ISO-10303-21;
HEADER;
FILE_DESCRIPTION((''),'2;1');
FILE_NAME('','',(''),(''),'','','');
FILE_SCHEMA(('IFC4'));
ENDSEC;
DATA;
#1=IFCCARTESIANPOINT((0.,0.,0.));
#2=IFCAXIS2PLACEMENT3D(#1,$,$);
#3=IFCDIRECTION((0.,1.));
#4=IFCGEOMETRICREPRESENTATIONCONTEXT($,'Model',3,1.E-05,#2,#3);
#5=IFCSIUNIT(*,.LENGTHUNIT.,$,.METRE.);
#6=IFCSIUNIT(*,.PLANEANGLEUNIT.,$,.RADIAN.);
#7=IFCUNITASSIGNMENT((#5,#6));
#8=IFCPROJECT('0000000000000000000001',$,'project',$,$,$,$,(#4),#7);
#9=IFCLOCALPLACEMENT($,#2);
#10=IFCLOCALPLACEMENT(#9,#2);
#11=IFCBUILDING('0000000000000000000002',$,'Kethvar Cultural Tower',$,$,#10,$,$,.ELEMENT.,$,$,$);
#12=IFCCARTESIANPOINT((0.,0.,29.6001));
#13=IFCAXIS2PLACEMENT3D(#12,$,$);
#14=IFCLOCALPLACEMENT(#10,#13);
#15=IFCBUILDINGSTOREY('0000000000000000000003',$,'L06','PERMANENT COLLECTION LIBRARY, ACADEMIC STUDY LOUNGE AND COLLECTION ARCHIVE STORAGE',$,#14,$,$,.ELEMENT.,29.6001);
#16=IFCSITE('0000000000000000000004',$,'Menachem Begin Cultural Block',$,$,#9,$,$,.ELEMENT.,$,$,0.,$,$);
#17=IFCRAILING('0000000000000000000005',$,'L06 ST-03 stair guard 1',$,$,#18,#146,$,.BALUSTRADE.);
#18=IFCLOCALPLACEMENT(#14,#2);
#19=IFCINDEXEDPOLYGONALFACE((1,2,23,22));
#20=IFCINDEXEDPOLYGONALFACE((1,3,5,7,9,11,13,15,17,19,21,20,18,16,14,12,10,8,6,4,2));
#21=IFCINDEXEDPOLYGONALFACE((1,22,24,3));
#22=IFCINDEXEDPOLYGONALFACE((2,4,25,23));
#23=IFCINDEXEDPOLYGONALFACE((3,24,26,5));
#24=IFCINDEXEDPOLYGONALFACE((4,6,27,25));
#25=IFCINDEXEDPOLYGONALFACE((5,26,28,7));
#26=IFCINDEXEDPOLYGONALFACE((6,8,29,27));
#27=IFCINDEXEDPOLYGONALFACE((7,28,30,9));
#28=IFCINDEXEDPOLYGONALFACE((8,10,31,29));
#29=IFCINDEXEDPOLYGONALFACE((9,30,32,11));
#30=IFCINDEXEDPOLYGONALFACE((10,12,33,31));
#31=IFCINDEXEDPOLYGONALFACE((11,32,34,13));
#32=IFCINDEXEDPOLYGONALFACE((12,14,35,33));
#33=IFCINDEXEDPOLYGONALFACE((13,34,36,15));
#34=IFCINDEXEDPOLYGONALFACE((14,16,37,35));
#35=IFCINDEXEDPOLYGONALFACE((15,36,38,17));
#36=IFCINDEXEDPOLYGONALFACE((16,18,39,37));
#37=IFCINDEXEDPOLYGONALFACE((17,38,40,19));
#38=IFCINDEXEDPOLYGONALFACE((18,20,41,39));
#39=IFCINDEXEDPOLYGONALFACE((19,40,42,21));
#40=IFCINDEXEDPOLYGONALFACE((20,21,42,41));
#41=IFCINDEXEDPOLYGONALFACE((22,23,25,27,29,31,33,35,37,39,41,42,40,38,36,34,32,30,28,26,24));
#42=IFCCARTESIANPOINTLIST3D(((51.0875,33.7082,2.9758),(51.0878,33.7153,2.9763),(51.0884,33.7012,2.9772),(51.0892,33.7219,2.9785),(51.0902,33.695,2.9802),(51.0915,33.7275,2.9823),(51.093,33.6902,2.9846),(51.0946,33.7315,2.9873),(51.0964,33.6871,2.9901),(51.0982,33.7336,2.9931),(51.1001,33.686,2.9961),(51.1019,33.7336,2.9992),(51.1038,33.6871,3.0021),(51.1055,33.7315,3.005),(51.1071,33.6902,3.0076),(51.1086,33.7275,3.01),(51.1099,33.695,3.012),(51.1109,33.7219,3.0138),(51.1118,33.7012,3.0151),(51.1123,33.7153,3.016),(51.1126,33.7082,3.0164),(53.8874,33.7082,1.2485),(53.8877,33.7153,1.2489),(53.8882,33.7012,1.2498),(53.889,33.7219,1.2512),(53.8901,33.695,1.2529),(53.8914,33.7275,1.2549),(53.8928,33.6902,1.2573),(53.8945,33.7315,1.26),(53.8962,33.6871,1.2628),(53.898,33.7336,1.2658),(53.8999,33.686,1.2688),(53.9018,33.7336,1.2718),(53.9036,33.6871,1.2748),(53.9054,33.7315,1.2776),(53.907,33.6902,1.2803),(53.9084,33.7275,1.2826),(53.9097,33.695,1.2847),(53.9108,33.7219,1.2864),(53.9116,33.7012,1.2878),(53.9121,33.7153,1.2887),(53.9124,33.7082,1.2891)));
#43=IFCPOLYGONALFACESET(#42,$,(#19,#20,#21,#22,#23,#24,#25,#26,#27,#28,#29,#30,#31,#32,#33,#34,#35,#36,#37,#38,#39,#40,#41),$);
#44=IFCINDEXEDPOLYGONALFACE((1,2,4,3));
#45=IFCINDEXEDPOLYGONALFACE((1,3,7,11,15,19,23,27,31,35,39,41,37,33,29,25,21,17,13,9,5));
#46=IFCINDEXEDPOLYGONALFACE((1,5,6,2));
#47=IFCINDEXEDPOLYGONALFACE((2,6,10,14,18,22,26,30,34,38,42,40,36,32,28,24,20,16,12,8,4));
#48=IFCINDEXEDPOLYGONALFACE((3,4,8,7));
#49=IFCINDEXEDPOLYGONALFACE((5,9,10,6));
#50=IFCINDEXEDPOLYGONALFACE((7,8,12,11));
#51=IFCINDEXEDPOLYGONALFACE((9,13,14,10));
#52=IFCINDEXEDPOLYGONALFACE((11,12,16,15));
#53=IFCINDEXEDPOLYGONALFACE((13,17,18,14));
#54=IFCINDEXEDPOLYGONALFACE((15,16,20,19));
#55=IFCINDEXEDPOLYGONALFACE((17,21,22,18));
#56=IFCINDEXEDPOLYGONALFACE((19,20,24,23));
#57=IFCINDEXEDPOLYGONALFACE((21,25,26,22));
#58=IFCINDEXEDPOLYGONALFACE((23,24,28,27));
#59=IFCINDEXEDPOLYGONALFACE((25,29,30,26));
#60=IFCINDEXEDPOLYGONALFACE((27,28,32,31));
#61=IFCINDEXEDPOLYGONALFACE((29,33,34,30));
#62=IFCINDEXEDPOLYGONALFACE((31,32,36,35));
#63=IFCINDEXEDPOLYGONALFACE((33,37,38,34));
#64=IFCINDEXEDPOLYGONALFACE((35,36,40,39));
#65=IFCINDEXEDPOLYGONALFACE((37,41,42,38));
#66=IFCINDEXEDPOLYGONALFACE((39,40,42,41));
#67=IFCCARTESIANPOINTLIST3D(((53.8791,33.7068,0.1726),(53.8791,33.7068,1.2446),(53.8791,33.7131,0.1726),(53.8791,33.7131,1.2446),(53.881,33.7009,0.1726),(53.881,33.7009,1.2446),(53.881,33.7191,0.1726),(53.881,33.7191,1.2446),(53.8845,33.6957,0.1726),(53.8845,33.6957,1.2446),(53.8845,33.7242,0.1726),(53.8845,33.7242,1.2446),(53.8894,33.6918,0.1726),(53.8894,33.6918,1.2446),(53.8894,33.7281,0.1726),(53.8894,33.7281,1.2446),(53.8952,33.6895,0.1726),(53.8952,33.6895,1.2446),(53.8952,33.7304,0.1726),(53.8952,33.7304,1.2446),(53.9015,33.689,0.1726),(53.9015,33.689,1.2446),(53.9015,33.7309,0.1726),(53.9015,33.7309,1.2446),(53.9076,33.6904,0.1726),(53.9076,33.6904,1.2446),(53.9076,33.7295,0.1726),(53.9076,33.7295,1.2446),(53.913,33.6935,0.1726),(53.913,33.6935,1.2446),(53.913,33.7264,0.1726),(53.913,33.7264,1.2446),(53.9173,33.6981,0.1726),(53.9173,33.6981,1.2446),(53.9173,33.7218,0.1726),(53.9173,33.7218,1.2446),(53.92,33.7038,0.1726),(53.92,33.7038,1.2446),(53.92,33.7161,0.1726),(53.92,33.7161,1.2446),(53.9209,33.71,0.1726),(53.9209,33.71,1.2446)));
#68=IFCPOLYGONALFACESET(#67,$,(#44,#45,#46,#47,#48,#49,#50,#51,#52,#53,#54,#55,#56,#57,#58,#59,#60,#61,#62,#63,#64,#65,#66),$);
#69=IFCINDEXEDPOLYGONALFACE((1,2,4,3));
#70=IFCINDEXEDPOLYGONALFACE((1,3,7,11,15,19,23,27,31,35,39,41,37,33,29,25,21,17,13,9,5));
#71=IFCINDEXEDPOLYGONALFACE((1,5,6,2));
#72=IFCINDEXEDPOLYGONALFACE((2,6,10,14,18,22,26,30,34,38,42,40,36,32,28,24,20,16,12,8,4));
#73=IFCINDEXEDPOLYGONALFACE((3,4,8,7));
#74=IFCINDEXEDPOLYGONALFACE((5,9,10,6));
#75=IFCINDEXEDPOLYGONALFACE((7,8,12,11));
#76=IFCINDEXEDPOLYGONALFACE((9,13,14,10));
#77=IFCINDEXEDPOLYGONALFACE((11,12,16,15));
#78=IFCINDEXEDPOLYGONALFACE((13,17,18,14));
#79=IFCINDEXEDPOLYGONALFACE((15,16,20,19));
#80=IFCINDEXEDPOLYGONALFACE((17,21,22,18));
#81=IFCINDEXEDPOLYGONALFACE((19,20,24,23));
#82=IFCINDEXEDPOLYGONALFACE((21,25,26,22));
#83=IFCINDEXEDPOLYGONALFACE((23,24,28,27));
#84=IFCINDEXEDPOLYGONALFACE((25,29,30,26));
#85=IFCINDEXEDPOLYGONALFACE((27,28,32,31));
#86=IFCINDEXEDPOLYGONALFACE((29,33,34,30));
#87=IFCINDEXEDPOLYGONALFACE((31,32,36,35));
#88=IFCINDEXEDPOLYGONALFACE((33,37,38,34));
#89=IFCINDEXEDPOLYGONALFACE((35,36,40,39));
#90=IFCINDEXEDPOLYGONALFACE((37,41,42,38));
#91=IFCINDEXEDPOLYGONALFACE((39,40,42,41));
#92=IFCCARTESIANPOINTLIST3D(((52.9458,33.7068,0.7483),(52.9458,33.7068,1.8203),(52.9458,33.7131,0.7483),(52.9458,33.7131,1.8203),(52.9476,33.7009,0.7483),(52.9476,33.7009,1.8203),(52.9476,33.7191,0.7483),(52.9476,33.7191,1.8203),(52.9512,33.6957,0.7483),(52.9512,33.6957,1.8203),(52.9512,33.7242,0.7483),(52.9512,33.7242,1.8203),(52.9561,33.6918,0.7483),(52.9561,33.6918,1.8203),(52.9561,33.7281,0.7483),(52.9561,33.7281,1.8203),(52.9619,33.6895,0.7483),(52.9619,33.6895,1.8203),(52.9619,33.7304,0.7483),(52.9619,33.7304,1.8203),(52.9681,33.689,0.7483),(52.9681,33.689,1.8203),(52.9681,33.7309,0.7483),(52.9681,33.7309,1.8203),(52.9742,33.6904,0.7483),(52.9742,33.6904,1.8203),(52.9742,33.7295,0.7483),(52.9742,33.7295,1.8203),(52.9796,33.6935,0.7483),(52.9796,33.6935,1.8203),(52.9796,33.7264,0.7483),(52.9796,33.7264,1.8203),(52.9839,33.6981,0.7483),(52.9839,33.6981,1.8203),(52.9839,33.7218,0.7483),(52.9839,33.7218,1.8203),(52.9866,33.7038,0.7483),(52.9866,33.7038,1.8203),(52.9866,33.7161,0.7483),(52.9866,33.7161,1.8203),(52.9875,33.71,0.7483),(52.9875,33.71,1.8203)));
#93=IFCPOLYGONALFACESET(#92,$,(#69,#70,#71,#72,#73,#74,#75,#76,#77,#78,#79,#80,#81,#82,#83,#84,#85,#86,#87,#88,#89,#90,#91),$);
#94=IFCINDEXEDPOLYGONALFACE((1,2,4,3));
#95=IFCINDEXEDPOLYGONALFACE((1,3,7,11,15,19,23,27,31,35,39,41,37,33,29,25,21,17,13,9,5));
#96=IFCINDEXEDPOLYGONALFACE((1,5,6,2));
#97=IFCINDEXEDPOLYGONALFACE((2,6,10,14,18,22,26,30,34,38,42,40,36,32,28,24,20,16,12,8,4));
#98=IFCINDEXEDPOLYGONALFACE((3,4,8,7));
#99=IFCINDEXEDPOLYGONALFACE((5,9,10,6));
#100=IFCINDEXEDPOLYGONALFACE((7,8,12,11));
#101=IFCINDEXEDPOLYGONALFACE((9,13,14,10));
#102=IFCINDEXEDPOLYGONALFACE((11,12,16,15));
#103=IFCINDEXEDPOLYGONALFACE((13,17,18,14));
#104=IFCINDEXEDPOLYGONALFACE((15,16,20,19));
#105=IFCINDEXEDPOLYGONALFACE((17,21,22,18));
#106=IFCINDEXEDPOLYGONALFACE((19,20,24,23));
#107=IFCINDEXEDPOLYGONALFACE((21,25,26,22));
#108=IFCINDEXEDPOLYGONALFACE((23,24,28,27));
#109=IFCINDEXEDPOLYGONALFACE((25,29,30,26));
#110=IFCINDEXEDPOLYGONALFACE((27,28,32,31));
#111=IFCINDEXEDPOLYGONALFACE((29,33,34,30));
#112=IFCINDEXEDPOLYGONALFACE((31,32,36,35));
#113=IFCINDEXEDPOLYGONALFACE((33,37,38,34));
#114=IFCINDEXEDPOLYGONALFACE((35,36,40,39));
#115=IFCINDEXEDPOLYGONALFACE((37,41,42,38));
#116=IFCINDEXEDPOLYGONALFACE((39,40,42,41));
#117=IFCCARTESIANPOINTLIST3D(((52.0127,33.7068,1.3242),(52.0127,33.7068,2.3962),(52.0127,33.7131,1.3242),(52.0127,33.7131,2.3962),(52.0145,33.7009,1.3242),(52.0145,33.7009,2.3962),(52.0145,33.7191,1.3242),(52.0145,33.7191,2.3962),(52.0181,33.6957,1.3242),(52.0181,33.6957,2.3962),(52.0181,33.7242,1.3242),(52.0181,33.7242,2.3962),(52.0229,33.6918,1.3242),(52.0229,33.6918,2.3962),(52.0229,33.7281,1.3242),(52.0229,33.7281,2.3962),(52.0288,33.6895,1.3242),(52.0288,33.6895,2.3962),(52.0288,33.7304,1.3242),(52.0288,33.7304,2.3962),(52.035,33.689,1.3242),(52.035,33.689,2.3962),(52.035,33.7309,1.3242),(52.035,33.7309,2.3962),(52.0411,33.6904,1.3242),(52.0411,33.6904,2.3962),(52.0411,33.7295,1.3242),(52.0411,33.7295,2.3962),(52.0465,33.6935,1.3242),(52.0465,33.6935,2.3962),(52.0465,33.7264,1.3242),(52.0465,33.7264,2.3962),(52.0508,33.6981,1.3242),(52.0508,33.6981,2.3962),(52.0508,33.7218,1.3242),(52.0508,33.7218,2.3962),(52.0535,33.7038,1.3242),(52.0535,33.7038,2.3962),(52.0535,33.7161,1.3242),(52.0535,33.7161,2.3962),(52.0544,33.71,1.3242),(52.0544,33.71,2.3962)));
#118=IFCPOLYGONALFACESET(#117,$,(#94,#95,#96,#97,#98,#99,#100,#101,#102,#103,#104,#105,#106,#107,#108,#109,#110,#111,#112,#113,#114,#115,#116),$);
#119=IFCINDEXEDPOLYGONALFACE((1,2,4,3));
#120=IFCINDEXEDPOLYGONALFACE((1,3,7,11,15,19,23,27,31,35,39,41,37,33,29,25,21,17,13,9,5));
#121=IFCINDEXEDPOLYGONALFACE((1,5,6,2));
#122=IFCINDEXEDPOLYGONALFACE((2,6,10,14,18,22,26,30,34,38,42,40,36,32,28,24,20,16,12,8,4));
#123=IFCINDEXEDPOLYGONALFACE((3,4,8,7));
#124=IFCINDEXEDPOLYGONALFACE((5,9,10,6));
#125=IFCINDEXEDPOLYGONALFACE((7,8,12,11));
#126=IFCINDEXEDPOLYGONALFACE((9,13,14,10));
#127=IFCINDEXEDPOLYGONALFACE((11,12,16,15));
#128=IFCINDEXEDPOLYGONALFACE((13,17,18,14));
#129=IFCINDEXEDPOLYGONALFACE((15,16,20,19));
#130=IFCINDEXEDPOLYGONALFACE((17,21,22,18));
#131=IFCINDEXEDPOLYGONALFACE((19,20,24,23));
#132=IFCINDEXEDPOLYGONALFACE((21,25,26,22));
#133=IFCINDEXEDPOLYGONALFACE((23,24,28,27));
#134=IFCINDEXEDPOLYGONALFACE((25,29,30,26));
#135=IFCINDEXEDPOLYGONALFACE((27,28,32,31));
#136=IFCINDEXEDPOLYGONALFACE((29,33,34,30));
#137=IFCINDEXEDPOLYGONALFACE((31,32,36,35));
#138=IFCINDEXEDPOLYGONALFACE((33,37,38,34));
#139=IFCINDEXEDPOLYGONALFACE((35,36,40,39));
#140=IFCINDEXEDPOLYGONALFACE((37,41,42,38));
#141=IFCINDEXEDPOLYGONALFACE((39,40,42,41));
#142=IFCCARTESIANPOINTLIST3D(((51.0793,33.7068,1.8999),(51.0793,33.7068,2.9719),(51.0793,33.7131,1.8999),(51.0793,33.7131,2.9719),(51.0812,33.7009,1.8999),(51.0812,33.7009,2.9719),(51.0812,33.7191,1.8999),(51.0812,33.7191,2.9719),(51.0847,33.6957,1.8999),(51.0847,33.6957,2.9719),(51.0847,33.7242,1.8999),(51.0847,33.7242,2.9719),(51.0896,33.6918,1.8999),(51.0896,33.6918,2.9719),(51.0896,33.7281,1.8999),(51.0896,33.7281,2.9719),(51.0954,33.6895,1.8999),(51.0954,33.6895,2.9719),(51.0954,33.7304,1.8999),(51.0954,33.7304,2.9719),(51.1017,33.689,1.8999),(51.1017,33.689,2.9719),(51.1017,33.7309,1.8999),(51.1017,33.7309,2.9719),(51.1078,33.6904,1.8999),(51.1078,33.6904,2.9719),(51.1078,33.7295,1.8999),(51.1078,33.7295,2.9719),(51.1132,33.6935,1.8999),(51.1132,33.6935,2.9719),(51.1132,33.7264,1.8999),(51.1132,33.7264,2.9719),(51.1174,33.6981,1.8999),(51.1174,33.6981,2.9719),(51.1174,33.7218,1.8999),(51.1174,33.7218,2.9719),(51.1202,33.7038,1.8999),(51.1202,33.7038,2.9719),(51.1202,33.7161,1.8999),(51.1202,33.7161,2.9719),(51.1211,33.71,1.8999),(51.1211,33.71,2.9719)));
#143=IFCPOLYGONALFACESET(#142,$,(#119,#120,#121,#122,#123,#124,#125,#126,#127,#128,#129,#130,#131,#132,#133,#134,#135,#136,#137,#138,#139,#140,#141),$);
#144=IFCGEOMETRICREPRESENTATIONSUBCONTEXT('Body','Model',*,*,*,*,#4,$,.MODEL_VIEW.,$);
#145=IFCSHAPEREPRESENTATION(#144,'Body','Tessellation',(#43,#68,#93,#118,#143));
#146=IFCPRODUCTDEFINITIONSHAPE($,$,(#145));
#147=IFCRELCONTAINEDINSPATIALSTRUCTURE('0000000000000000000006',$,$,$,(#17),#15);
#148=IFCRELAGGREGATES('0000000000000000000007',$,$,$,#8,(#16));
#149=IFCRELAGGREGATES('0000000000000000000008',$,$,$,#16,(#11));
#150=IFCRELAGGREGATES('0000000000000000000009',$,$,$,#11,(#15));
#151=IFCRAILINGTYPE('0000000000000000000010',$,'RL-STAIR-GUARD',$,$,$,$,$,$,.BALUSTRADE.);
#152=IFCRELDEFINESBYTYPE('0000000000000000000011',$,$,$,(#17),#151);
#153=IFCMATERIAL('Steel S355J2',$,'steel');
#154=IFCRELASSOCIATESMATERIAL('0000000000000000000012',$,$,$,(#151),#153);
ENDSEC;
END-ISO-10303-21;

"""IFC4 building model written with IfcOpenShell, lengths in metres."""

from ifc_helpers import new_model, si_unit, direction, frame, origin, origin_2d, place, context, subcontext, project, spatial, circle, extrude, material, type_object, element, save


model = new_model("IFC4")

# Units and contexts
model_context = context("Model", 3, precision=1e-05, world=origin(), true_north=direction((0.0, 1.0)))
body_context = subcontext(model_context, "Body", "Model", "MODEL_VIEW")
ifc_project = project(units=[si_unit("LENGTHUNIT", "METRE"), si_unit("PLANEANGLEUNIT", "RADIAN")], contexts=[model_context])

# Site, building, storey
site_placement = place(None, origin())
site = spatial("IfcSite", under=ifc_project, at=site_placement, Name="Menachem Begin Cultural Block", CompositionType="ELEMENT", RefElevation=0.0)
building_placement = place(site_placement, origin())
building = spatial("IfcBuilding", under=site, at=building_placement, Name="Kethvar Cultural Tower", CompositionType="ELEMENT")
storey_placement = place(building_placement, frame((0.0, 0.0, 29.6001)))
storey = spatial("IfcBuildingStorey", under=building, at=storey_placement, Name="L06", Description="PERMANENT COLLECTION LIBRARY, ACADEMIC STUDY LOUNGE AND COLLECTION ARCHIVE STORAGE", CompositionType="ELEMENT", Elevation=29.6001)

# Shared definitions
ifc_material_1 = material(Name="Steel S355J2", Category="steel")

# Railing
railing_type_1 = type_object("IfcRailingType", Name="RL-STAIR-GUARD", PredefinedType="BALUSTRADE", material=ifc_material_1)
railing_1_placement = place(storey_placement, frame((53.8999, 33.71, 0.1726)))
element("IfcRailing", 1, at=railing_1_placement, inside=storey, type_object=railing_type_1, Name="L06 ST-03 stair guard 1", PredefinedType="BALUSTRADE", context=body_context, shape_type="SweptSolid", body=[
    extrude(circle(Radius=0.0239, at=origin_2d()), frame((0.0, 0.0, 1.0962), z_axis=(-0.851069, 0.0, 0.525054), x_axis=(0.0, -1.0, 0.0)), (0.0, 0.0, 1.0), 3.2898),
    extrude(circle(Radius=0.021, at=origin_2d()), origin(), (0.0, 0.0, 1.0), 1.072),
    extrude(circle(Radius=0.021, at=origin_2d()), frame((-0.9333, 0.0, 0.5757)), (0.0, 0.0, 1.0), 1.072),
    extrude(circle(Radius=0.021, at=origin_2d()), frame((-1.8665, 0.0, 1.1516)), (0.0, 0.0, 1.0), 1.072),
    extrude(circle(Radius=0.021, at=origin_2d()), frame((-2.7998, 0.0, 1.7273)), (0.0, 0.0, 1.0), 1.072),
])

save(model, "model.ifc")
